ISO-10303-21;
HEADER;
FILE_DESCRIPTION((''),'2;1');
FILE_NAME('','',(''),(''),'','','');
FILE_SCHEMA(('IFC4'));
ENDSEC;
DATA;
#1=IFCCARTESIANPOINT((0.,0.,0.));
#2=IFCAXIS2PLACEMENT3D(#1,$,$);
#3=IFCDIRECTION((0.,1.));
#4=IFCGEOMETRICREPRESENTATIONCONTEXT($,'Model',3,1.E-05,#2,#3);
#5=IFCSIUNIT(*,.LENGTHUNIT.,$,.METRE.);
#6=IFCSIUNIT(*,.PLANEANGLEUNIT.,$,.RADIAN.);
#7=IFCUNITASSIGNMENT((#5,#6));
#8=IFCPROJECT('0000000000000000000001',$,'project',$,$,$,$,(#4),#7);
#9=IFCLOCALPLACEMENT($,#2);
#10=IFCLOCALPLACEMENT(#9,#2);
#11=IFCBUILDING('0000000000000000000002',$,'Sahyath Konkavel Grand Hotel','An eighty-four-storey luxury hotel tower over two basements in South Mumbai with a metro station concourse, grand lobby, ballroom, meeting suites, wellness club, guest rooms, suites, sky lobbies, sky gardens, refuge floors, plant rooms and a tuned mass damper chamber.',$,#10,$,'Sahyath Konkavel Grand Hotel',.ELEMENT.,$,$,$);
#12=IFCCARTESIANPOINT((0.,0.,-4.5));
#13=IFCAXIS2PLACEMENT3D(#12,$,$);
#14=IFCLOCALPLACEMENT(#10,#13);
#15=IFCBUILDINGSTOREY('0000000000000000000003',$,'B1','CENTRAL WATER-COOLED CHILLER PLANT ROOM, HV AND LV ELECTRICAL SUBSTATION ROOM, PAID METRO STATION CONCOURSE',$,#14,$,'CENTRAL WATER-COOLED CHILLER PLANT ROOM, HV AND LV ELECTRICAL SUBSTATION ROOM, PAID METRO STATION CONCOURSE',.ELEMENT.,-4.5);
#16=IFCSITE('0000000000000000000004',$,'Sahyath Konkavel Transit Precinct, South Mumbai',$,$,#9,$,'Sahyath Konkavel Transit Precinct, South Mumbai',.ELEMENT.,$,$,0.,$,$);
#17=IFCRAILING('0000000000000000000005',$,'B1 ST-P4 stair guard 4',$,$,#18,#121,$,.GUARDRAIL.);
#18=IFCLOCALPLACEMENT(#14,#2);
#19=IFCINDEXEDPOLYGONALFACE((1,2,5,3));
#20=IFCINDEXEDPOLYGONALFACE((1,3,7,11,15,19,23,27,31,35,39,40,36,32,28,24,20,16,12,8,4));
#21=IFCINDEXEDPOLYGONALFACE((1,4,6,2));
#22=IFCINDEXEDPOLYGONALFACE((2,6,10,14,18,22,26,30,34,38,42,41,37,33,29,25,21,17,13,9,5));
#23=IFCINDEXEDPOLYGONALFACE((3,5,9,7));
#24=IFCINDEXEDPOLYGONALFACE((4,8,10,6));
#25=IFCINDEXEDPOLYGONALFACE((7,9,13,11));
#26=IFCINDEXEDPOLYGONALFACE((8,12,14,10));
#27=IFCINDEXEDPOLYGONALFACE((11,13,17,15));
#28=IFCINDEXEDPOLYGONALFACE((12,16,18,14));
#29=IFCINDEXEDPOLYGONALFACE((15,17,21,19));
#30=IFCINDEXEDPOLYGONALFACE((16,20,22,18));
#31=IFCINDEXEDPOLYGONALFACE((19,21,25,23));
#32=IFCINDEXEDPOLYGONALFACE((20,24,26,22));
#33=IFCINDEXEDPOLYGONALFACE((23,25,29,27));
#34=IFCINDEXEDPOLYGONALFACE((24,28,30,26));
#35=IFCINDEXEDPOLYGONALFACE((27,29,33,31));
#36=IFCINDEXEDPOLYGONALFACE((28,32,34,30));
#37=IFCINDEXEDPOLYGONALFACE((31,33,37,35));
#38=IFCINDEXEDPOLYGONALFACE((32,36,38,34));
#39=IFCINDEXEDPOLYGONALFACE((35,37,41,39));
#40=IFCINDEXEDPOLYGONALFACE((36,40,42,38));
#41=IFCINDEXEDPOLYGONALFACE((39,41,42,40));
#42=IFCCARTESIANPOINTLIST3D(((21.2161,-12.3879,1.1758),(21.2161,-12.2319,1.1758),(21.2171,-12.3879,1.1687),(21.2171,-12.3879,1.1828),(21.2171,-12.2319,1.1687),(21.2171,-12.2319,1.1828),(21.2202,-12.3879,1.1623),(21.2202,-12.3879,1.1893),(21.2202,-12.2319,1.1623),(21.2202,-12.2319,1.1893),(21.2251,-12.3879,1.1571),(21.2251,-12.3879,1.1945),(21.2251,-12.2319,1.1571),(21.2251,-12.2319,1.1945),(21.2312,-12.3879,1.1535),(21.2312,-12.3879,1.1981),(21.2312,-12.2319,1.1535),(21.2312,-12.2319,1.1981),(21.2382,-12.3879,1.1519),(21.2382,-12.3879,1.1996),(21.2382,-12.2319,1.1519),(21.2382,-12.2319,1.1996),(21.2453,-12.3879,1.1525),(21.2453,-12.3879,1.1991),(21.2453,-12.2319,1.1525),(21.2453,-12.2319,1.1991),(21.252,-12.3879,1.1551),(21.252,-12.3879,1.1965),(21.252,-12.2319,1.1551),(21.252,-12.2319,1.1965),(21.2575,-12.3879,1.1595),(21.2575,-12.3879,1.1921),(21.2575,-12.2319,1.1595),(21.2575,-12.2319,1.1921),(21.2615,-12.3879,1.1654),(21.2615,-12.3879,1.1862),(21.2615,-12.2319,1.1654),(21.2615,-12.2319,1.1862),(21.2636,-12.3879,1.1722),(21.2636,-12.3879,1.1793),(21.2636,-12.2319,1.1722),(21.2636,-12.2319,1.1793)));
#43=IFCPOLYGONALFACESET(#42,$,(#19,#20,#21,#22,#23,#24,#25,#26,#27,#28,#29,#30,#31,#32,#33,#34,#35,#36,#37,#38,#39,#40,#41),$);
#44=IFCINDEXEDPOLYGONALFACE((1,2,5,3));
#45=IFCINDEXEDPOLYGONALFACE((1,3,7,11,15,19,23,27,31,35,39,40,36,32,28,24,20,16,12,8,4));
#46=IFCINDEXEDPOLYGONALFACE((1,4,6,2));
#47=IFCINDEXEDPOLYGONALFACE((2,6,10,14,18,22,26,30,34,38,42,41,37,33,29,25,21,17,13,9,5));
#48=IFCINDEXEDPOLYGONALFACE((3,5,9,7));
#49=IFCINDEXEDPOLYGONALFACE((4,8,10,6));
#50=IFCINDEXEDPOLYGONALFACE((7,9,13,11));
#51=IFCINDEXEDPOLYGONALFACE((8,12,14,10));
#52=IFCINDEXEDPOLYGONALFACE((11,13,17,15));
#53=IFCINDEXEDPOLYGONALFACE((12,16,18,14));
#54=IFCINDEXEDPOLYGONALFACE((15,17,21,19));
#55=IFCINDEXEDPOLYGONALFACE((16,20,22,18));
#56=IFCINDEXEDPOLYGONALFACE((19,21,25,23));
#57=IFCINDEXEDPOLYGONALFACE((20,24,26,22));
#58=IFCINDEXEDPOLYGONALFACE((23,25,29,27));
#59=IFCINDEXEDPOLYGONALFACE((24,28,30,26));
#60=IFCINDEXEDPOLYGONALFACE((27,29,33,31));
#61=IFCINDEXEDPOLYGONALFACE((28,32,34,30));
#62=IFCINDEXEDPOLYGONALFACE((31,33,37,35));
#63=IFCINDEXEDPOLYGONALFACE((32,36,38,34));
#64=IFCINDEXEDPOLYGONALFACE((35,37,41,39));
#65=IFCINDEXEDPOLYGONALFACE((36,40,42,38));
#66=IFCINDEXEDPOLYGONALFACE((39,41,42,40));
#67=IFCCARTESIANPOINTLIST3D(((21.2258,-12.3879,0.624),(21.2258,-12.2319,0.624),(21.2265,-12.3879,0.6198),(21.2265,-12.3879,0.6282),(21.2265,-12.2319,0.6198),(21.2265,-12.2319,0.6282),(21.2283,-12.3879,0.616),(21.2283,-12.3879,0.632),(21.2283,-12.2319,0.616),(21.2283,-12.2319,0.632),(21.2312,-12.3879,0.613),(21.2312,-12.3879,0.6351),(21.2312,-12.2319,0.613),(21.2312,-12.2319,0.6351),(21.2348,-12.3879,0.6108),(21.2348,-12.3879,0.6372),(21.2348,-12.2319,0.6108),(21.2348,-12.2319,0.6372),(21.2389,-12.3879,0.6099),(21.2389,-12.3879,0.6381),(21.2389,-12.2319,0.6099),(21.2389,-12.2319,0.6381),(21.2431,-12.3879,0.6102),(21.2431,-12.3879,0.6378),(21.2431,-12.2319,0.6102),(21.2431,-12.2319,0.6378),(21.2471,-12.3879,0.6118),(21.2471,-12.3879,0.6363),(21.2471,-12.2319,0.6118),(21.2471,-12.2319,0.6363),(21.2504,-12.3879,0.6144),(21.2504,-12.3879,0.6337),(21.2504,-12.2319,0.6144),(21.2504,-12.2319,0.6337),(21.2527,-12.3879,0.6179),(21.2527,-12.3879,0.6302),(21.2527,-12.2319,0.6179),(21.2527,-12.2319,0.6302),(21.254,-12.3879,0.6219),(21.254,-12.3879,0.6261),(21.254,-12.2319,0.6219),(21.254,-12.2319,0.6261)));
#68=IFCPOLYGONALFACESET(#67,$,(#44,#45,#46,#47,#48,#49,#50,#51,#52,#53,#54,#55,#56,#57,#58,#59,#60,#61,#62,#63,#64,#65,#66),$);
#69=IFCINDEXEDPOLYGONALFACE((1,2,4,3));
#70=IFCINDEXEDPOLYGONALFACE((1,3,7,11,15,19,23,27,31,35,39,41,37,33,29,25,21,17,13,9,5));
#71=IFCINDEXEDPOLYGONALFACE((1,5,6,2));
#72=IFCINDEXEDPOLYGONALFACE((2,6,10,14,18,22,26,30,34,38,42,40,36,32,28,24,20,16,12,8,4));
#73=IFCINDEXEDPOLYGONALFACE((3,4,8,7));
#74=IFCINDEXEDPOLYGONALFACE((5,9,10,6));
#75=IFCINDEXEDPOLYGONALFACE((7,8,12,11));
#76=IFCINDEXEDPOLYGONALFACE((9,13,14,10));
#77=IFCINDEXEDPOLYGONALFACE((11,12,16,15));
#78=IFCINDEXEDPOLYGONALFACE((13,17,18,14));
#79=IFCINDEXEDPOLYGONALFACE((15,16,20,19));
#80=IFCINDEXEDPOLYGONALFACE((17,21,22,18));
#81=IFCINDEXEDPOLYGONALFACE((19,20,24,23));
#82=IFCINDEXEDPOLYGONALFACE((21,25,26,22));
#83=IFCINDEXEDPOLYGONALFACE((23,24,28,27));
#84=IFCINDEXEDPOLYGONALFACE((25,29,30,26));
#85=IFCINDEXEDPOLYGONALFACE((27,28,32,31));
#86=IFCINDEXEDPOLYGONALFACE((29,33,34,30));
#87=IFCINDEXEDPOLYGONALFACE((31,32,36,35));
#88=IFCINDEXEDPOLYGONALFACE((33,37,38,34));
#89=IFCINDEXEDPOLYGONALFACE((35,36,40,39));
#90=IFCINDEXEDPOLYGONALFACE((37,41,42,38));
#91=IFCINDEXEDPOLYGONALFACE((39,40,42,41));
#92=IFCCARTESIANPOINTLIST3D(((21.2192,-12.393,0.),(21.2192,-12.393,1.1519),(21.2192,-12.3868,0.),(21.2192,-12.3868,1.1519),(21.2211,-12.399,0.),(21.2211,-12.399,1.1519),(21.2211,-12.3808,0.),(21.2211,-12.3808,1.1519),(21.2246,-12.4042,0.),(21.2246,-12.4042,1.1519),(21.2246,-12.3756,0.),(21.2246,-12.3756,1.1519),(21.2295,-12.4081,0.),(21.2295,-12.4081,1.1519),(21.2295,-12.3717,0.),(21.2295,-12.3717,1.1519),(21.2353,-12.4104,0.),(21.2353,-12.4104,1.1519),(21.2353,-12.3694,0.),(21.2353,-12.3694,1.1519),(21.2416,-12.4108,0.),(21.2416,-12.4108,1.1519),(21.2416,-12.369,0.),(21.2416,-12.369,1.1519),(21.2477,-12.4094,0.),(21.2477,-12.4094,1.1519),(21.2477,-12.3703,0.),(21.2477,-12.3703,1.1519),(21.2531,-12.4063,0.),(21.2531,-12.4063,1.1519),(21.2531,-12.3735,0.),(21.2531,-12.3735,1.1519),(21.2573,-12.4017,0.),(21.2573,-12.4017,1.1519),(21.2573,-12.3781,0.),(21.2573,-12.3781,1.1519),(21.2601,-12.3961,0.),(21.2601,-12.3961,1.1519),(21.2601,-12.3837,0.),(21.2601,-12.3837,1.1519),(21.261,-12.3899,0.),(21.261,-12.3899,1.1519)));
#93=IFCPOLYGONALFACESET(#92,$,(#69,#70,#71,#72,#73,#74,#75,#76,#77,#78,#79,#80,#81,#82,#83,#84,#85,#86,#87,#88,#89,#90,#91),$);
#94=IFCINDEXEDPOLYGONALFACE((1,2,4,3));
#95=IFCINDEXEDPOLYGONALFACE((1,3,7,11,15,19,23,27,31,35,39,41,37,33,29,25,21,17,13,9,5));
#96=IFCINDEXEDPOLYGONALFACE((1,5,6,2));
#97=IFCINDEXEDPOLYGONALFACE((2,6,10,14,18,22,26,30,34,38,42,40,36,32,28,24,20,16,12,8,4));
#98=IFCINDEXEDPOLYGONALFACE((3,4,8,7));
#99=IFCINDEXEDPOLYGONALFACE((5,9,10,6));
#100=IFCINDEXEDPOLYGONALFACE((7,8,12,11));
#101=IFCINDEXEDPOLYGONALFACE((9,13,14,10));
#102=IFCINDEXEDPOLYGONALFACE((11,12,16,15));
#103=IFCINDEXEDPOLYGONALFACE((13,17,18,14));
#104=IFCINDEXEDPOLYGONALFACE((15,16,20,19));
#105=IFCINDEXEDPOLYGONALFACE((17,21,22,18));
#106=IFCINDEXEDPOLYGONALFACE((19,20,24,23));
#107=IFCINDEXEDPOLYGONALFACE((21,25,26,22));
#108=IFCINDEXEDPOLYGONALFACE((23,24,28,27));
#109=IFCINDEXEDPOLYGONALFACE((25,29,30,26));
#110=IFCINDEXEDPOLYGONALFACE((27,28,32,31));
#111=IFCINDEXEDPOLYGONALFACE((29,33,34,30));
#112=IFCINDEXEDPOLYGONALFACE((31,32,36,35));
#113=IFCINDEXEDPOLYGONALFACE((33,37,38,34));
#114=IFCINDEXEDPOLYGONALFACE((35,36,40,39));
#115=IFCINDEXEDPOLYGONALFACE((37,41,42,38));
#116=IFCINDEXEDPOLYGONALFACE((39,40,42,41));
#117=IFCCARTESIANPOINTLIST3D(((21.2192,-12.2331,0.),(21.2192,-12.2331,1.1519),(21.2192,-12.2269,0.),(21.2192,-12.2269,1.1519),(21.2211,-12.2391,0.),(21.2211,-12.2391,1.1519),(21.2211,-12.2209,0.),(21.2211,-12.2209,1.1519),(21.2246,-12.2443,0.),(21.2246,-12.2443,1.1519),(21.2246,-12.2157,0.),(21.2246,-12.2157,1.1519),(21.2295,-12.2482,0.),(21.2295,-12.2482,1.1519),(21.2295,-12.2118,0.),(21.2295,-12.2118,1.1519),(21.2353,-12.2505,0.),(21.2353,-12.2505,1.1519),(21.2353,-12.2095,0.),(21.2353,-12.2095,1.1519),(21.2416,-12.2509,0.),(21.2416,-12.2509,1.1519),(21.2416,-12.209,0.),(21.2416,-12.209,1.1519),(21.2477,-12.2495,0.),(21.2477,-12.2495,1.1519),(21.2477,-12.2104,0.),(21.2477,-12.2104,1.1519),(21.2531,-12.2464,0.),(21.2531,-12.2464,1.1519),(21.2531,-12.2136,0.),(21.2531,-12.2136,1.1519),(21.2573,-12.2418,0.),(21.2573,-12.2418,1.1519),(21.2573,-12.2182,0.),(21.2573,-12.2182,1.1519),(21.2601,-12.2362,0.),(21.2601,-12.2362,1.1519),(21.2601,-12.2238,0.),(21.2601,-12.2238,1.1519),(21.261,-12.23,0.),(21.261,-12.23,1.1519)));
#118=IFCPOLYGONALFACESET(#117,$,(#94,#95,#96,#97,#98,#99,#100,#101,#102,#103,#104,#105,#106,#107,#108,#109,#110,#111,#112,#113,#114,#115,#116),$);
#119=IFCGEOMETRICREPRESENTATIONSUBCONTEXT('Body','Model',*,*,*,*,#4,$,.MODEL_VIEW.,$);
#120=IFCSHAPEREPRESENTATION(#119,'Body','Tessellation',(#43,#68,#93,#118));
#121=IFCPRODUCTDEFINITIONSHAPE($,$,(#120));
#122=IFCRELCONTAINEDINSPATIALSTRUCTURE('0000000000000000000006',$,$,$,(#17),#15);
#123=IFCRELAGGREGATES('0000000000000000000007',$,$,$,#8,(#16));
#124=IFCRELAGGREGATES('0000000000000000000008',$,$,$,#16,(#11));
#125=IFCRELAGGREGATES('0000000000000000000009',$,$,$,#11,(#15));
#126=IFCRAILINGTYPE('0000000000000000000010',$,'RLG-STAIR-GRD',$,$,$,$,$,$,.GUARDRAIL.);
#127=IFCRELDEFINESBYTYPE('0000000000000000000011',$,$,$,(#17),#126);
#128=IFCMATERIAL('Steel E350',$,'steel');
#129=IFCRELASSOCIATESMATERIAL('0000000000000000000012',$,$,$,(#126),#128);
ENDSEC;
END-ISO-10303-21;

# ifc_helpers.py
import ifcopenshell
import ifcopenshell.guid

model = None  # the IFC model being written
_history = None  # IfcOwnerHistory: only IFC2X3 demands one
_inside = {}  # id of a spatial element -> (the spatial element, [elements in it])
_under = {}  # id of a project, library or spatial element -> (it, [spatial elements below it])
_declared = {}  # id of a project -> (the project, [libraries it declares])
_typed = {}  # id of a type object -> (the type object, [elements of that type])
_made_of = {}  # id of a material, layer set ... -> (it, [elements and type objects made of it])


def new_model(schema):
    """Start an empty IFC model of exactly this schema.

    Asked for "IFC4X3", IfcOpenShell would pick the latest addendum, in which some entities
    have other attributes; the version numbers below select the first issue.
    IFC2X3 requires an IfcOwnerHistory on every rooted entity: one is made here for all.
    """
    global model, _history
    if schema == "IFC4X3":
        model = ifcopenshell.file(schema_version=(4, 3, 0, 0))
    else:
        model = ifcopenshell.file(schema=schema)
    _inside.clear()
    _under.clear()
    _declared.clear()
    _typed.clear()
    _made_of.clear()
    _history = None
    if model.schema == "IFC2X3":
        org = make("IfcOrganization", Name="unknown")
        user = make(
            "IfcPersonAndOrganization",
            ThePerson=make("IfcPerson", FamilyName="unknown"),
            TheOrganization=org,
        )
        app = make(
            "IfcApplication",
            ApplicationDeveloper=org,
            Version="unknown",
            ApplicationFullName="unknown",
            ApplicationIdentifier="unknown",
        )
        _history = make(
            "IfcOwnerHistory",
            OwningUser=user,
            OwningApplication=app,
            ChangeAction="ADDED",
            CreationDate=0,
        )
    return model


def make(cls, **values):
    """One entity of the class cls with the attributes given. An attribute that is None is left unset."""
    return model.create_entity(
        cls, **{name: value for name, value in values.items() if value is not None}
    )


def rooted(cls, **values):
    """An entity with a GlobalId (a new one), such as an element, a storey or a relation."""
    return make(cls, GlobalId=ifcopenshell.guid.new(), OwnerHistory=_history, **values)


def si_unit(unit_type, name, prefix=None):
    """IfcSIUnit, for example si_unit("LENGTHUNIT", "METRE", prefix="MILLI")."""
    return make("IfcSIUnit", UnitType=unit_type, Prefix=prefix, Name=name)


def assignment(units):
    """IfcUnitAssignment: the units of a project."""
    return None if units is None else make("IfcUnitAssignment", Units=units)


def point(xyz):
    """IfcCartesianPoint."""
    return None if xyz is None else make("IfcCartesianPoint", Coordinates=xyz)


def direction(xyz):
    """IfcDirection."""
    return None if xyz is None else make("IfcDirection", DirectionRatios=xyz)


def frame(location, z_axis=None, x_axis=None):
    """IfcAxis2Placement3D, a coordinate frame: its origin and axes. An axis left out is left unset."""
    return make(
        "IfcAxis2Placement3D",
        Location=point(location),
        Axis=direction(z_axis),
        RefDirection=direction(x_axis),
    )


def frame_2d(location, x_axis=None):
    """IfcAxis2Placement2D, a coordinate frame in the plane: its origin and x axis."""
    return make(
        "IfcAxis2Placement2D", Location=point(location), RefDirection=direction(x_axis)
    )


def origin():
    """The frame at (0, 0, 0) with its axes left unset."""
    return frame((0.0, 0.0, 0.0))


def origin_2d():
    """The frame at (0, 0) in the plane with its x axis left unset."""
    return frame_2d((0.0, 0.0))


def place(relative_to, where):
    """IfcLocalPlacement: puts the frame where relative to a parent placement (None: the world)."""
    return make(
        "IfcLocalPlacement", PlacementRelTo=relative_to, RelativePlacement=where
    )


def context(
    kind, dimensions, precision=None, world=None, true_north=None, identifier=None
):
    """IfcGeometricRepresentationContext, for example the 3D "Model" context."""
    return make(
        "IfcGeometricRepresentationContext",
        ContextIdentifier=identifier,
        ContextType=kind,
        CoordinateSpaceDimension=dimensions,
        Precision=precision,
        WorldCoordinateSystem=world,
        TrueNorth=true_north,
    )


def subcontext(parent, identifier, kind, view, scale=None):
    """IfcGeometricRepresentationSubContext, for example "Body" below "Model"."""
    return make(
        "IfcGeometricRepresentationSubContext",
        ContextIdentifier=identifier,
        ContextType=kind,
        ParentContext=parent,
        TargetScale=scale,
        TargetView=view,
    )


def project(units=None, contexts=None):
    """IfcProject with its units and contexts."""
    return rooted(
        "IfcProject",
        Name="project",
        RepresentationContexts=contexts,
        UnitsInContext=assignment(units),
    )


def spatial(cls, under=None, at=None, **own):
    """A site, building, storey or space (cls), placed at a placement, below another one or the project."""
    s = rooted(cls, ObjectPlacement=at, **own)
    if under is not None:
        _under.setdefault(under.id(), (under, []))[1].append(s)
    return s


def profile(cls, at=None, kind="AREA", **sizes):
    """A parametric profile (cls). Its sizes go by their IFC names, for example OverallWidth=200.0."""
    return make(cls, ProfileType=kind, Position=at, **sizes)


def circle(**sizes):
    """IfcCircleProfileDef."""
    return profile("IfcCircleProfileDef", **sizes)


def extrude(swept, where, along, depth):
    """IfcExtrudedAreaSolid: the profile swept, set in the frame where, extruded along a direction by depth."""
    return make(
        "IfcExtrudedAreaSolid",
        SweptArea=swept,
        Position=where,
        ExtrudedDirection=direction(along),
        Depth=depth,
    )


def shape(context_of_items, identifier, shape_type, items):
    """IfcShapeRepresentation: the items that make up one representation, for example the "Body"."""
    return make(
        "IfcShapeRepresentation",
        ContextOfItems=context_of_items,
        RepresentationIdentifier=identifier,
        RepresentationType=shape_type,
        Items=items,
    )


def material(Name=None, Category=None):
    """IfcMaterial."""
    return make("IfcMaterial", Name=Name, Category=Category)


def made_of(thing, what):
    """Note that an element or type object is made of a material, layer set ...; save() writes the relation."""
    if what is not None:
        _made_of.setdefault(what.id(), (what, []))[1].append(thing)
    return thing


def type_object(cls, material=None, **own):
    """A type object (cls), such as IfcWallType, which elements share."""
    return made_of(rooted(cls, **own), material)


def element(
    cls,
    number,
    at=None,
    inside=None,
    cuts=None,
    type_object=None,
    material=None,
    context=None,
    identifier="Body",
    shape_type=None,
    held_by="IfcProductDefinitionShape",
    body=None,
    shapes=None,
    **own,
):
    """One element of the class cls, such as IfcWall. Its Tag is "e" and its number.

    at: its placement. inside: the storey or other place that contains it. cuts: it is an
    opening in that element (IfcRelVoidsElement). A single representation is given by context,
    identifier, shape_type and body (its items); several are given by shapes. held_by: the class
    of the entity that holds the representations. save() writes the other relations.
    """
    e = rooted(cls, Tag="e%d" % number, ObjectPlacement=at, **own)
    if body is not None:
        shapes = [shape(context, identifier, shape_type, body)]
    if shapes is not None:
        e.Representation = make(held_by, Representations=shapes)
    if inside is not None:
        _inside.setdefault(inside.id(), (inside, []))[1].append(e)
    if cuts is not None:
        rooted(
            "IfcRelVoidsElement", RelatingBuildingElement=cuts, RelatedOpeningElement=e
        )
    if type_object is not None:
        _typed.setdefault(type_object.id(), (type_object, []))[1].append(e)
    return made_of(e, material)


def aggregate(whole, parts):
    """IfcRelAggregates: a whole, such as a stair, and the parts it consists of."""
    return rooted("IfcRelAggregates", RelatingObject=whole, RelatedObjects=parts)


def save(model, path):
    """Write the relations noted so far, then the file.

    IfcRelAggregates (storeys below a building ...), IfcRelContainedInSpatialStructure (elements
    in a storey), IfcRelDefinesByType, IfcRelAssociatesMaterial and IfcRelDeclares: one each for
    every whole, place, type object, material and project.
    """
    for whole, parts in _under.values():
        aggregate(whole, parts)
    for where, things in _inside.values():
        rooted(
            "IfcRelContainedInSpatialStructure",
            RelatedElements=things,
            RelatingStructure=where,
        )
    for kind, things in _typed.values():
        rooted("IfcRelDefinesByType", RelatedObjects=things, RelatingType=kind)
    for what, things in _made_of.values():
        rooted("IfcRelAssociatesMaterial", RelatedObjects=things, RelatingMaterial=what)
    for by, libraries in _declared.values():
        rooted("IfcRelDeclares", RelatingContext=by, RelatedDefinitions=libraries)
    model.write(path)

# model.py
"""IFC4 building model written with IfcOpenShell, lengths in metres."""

from ifc_helpers import new_model, si_unit, direction, frame, origin, origin_2d, place, context, subcontext, project, spatial, circle, extrude, material, type_object, element, save


model = new_model("IFC4")

# Units and contexts
model_context = context("Model", 3, precision=1e-05, world=origin(), true_north=direction((0.0, 1.0)))
body_context = subcontext(model_context, "Body", "Model", "MODEL_VIEW")
ifc_project = project(units=[si_unit("LENGTHUNIT", "METRE"), si_unit("PLANEANGLEUNIT", "RADIAN")], contexts=[model_context])

# Site, building, storey
site_placement = place(None, origin())
site = spatial("IfcSite", under=ifc_project, at=site_placement, Name="Sahyath Konkavel Transit Precinct, South Mumbai", LongName="Sahyath Konkavel Transit Precinct, South Mumbai", CompositionType="ELEMENT", RefElevation=0.0)
building_placement = place(site_placement, origin())
building = spatial("IfcBuilding", under=site, at=building_placement, Name="Sahyath Konkavel Grand Hotel", Description="An eighty-four-storey luxury hotel tower over two basements in South Mumbai with a metro station concourse, grand lobby, ballroom, meeting suites, wellness club, guest rooms, suites, sky lobbies, sky gardens, refuge floors, plant rooms and a tuned mass damper chamber.", LongName="Sahyath Konkavel Grand Hotel", CompositionType="ELEMENT")
storey_placement = place(building_placement, frame((0.0, 0.0, -4.5)))
storey = spatial("IfcBuildingStorey", under=building, at=storey_placement, Name="B1", Description="CENTRAL WATER-COOLED CHILLER PLANT ROOM, HV AND LV ELECTRICAL SUBSTATION ROOM, PAID METRO STATION CONCOURSE", LongName="CENTRAL WATER-COOLED CHILLER PLANT ROOM, HV AND LV ELECTRICAL SUBSTATION ROOM, PAID METRO STATION CONCOURSE", CompositionType="ELEMENT", Elevation=-4.5)

# Shared definitions
ifc_material_1 = material(Name="Steel E350", Category="steel")

# Railing
railing_type_1 = type_object("IfcRailingType", Name="RLG-STAIR-GRD", PredefinedType="GUARDRAIL", material=ifc_material_1)
railing_1_placement = place(storey_placement, frame((21.24, -12.3899, 0.0)))
element("IfcRailing", 1, at=railing_1_placement, inside=storey, type_object=railing_type_1, Name="B1 ST-P4 stair guard 4", PredefinedType="GUARDRAIL", context=body_context, shape_type="SweptSolid", body=[
    extrude(circle(Radius=0.0239, at=origin_2d()), frame((0.0, 0.002, 1.1758), z_axis=(0.0, 1.0, 0.0), x_axis=(-1.0, 0.0, 0.0)), (0.0, 0.0, 1.0), 0.156),
    extrude(circle(Radius=0.0142, at=origin_2d()), frame((0.0, 0.002, 0.624), z_axis=(0.0, 1.0, 0.0), x_axis=(-1.0, 0.0, 0.0)), (0.0, 0.0, 1.0), 0.156),
    extrude(circle(Radius=0.021, at=origin_2d()), origin(), (0.0, 0.0, 1.0), 1.1519),
    extrude(circle(Radius=0.021, at=origin_2d()), frame((0.0, 0.1599, 0.0)), (0.0, 0.0, 1.0), 1.1519),
])

save(model, "model.ifc")
